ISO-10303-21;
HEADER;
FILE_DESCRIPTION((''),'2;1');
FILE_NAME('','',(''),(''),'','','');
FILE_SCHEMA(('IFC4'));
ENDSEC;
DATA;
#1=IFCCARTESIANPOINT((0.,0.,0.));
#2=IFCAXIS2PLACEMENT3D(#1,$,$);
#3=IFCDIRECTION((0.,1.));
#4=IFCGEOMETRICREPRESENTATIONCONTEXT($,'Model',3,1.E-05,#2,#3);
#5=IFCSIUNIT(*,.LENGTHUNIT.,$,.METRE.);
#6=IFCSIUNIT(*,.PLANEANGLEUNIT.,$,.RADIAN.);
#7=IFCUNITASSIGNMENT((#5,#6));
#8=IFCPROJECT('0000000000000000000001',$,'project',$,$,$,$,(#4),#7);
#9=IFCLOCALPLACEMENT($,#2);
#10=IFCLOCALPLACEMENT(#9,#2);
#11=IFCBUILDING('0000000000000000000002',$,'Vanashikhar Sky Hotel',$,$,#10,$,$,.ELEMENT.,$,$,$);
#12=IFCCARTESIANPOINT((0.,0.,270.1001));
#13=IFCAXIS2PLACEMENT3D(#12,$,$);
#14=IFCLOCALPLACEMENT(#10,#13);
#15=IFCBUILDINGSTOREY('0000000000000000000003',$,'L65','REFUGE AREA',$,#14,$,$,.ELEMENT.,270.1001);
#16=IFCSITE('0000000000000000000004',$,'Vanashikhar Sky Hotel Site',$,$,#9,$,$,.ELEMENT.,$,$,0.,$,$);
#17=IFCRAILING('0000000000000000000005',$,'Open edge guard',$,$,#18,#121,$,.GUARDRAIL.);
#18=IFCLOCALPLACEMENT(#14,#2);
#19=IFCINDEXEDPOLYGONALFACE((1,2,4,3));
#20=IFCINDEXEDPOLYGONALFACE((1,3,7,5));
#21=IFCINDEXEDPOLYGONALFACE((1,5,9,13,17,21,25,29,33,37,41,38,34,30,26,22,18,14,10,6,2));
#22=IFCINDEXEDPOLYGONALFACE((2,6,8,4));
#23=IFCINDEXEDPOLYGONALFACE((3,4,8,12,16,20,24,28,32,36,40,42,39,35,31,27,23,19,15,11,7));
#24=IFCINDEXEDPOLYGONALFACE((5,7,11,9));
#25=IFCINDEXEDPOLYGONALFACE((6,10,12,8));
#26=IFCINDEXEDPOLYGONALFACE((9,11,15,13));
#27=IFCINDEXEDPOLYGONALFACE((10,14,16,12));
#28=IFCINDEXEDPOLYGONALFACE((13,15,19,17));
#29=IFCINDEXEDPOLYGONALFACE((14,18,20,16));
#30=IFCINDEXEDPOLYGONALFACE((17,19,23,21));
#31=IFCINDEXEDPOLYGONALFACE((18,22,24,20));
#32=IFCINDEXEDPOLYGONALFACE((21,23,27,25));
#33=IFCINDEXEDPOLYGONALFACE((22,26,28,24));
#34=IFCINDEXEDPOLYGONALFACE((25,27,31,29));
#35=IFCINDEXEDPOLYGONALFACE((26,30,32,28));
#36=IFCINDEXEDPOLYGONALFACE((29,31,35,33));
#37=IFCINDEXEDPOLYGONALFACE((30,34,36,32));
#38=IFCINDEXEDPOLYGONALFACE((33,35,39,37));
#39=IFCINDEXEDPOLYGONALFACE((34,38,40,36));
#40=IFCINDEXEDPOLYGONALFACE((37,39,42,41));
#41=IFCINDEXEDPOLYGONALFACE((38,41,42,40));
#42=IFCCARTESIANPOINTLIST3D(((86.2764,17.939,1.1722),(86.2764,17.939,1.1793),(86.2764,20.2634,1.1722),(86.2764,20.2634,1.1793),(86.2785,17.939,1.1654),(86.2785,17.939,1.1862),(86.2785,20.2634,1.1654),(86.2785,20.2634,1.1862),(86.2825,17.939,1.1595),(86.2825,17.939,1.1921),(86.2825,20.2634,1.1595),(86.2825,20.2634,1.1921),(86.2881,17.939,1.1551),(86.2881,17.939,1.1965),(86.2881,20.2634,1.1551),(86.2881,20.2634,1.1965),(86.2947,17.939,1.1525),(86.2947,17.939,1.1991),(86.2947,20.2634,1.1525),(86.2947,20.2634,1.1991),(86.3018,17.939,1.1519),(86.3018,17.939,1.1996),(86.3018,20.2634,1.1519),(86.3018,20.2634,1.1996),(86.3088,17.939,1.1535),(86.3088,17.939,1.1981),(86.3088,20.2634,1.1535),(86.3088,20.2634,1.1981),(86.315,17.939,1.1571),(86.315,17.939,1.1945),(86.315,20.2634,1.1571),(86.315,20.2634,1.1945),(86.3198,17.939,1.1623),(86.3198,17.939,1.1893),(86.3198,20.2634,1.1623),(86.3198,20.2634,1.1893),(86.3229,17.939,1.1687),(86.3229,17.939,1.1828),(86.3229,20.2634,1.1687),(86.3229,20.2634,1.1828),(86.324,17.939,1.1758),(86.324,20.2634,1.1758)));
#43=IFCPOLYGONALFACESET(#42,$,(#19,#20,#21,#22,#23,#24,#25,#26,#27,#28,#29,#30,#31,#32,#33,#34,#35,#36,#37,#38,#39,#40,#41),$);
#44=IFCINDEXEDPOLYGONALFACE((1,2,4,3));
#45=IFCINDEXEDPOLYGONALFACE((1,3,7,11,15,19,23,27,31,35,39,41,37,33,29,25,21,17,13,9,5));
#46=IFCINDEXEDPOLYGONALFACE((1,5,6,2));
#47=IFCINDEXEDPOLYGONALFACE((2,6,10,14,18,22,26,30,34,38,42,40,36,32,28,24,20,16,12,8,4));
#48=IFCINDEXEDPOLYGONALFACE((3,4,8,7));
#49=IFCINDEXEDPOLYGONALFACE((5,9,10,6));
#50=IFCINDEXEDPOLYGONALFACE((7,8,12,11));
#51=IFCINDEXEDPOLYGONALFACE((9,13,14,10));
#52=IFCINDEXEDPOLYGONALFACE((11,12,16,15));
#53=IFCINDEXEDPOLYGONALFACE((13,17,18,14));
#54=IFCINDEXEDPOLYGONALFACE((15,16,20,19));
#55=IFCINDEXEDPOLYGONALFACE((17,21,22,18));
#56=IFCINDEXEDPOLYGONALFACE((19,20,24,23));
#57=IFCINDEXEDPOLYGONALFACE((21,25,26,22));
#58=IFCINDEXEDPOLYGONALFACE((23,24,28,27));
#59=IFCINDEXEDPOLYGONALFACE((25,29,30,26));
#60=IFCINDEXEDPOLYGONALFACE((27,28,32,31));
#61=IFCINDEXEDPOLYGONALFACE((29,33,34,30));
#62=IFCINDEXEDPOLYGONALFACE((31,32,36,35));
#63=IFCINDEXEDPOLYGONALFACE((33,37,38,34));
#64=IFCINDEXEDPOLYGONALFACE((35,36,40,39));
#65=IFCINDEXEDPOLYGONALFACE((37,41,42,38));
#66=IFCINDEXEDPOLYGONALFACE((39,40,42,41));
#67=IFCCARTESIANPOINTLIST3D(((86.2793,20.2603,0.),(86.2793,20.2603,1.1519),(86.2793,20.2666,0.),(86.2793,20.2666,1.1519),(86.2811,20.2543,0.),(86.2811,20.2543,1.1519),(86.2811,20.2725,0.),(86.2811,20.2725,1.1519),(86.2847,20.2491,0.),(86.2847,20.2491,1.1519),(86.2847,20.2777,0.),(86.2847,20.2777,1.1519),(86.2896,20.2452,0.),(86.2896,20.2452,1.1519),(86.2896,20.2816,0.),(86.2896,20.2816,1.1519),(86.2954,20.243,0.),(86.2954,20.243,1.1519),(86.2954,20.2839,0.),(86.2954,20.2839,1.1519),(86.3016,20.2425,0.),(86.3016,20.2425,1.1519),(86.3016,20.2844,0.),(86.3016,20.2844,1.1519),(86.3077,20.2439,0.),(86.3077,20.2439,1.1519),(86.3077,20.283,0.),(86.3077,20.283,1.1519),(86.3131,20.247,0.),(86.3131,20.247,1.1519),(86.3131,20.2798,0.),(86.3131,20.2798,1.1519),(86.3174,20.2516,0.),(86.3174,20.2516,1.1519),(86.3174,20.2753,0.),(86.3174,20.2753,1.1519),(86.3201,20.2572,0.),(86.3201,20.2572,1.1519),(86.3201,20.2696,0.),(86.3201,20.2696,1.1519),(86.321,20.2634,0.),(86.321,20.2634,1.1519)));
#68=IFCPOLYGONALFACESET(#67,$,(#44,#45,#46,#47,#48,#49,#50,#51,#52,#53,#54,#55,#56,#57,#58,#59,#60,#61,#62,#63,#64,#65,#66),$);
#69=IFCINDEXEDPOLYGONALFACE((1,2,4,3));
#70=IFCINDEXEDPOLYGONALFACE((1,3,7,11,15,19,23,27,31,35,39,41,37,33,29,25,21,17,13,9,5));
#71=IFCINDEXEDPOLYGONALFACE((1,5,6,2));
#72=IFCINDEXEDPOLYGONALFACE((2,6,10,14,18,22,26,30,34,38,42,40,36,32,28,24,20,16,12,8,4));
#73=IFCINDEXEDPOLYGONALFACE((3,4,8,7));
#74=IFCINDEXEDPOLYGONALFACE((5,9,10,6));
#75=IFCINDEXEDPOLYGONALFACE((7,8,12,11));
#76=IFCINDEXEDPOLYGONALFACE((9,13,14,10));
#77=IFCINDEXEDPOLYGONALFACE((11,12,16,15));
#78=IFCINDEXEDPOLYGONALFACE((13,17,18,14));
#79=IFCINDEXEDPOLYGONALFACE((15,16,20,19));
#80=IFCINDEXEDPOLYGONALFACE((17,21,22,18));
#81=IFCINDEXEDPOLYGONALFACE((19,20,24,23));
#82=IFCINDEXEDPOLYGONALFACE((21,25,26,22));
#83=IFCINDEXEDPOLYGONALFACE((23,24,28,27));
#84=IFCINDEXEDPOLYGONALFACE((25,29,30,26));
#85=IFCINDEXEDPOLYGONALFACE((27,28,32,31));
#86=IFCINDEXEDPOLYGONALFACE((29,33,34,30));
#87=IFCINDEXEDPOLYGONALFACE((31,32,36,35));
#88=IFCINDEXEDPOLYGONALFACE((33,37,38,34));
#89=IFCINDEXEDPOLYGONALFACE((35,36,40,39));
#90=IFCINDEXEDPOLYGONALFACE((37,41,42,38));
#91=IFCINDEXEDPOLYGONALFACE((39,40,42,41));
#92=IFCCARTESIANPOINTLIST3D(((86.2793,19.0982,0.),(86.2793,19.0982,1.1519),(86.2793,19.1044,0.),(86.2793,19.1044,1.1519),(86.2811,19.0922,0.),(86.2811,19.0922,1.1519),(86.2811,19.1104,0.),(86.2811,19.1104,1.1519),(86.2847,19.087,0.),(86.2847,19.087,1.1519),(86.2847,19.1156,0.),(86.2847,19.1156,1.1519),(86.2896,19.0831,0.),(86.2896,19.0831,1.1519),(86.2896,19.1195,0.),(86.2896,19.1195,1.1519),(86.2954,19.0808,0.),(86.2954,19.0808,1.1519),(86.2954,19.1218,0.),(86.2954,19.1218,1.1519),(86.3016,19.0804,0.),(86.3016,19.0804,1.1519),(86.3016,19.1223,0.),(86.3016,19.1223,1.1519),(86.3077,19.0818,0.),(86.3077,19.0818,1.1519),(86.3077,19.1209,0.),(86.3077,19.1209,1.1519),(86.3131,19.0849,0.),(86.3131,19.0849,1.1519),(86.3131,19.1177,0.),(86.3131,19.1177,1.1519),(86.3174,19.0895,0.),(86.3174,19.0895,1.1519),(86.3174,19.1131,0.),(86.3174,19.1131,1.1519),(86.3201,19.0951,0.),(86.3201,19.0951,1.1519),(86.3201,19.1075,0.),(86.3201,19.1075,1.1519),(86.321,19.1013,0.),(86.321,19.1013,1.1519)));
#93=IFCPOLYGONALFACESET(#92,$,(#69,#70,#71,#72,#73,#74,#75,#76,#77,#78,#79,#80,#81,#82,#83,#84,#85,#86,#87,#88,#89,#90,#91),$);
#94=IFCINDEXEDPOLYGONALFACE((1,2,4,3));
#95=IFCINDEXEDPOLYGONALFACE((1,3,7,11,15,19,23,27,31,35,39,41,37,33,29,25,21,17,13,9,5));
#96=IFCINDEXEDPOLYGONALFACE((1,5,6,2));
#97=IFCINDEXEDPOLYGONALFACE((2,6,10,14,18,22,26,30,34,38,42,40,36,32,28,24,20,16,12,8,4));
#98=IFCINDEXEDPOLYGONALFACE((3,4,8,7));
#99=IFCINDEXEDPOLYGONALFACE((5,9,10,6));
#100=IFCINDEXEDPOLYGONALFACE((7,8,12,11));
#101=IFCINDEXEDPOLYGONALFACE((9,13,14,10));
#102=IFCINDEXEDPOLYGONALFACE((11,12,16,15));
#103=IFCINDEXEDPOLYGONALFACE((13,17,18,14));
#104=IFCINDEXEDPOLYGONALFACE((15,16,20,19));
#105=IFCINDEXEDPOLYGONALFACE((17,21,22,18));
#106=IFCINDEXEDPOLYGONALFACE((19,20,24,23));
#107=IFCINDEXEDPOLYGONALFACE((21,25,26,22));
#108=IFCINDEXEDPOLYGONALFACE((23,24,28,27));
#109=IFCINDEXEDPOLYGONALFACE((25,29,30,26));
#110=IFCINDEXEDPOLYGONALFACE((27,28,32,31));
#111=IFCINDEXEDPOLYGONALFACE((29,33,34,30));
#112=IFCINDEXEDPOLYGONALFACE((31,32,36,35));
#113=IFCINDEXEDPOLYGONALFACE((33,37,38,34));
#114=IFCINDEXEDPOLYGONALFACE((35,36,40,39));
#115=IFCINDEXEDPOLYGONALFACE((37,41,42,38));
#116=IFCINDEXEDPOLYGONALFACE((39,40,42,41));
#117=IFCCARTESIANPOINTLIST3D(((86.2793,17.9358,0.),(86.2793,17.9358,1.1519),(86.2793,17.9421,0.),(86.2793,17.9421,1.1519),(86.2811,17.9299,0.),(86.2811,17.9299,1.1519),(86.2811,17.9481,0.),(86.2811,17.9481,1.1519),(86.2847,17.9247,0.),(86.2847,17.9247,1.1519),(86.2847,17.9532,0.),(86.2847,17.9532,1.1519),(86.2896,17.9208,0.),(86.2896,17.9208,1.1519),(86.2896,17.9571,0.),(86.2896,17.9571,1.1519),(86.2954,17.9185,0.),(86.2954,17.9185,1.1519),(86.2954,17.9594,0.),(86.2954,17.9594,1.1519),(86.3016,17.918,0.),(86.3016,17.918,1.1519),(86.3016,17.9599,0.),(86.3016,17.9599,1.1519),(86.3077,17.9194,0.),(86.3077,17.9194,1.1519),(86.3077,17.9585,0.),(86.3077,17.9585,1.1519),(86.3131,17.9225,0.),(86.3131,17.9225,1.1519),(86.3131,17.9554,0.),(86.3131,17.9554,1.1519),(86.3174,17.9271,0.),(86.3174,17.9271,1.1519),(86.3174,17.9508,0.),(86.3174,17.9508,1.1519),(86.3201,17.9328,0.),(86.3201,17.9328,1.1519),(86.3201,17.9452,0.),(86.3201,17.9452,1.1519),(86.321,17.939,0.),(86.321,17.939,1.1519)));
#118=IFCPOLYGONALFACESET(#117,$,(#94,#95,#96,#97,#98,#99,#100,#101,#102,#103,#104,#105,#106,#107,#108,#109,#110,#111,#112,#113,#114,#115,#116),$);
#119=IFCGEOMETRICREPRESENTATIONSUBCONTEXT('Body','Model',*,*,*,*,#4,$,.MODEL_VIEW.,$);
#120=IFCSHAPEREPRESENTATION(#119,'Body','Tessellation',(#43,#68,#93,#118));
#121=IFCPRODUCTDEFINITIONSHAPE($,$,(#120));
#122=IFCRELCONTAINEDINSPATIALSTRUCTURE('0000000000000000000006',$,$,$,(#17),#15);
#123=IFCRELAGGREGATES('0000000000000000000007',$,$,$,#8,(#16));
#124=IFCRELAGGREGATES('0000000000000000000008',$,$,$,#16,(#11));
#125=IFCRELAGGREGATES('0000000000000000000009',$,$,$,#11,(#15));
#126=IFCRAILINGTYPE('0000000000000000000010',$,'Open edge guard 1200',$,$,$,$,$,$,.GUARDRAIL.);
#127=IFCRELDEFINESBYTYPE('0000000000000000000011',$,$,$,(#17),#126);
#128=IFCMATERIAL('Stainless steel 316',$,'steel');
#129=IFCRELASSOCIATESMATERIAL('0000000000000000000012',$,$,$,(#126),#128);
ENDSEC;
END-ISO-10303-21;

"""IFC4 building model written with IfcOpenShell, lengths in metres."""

from ifc_helpers import new_model, si_unit, direction, frame, origin, origin_2d, place, context, subcontext, project, spatial, circle, extrude, source, transform, mapped, material, type_object, element, save


model = new_model("IFC4")

# Units and contexts
model_context = context("Model", 3, precision=1e-05, world=origin(), true_north=direction((0.0, 1.0)))
body_context = subcontext(model_context, "Body", "Model", "MODEL_VIEW")
ifc_project = project(units=[si_unit("LENGTHUNIT", "METRE"), si_unit("PLANEANGLEUNIT", "RADIAN")], contexts=[model_context])

# Site, building, storey
site_placement = place(None, origin())
site = spatial("IfcSite", under=ifc_project, at=site_placement, Name="Vanashikhar Sky Hotel Site", CompositionType="ELEMENT", RefElevation=0.0)
building_placement = place(site_placement, origin())
building = spatial("IfcBuilding", under=site, at=building_placement, Name="Vanashikhar Sky Hotel", CompositionType="ELEMENT")
storey_placement = place(building_placement, frame((0.0, 0.0, 270.1001)))
storey = spatial("IfcBuildingStorey", under=building, at=storey_placement, Name="L65", Description="REFUGE AREA", CompositionType="ELEMENT", Elevation=270.1001)

# Railing
ifc_material_1 = material(Name="Stainless steel 316", Category="steel")
railing_type = type_object("IfcRailingType", Name="Open edge guard 1200", PredefinedType="GUARDRAIL", material=ifc_material_1)
shared_shape_1 = source(origin(), body_context, "Body", "SweptSolid", [
    extrude(circle(Radius=0.0239, at=origin_2d()), frame((0.0, 0.0, 1.1758), z_axis=(0.0, -1.0, 0.0), x_axis=(1.0, 0.0, 0.0)), (0.0, 0.0, 1.0), 2.3245),
    extrude(circle(Radius=0.021, at=origin_2d()), origin(), (0.0, 0.0, 1.0), 1.1519),
    extrude(circle(Radius=0.021, at=origin_2d()), frame((0.0, -1.1621, 0.0)), (0.0, 0.0, 1.0), 1.1519),
    extrude(circle(Radius=0.021, at=origin_2d()), frame((0.0, -2.3245, 0.0)), (0.0, 0.0, 1.0), 1.1519),
])
for number, where, name in (
    (1, (86.3, 20.2634, 0.0), "Open edge guard"),
):
    element("IfcRailing", number, at=place(storey_placement, frame(where)), inside=storey, type_object=railing_type, Name=name, PredefinedType="GUARDRAIL", context=body_context, shape_type="MappedRepresentation", body=[
        mapped(shared_shape_1, transform((0.0, 0.0, 0.0), scale=1.0)),
    ])

save(model, "model.ifc")
